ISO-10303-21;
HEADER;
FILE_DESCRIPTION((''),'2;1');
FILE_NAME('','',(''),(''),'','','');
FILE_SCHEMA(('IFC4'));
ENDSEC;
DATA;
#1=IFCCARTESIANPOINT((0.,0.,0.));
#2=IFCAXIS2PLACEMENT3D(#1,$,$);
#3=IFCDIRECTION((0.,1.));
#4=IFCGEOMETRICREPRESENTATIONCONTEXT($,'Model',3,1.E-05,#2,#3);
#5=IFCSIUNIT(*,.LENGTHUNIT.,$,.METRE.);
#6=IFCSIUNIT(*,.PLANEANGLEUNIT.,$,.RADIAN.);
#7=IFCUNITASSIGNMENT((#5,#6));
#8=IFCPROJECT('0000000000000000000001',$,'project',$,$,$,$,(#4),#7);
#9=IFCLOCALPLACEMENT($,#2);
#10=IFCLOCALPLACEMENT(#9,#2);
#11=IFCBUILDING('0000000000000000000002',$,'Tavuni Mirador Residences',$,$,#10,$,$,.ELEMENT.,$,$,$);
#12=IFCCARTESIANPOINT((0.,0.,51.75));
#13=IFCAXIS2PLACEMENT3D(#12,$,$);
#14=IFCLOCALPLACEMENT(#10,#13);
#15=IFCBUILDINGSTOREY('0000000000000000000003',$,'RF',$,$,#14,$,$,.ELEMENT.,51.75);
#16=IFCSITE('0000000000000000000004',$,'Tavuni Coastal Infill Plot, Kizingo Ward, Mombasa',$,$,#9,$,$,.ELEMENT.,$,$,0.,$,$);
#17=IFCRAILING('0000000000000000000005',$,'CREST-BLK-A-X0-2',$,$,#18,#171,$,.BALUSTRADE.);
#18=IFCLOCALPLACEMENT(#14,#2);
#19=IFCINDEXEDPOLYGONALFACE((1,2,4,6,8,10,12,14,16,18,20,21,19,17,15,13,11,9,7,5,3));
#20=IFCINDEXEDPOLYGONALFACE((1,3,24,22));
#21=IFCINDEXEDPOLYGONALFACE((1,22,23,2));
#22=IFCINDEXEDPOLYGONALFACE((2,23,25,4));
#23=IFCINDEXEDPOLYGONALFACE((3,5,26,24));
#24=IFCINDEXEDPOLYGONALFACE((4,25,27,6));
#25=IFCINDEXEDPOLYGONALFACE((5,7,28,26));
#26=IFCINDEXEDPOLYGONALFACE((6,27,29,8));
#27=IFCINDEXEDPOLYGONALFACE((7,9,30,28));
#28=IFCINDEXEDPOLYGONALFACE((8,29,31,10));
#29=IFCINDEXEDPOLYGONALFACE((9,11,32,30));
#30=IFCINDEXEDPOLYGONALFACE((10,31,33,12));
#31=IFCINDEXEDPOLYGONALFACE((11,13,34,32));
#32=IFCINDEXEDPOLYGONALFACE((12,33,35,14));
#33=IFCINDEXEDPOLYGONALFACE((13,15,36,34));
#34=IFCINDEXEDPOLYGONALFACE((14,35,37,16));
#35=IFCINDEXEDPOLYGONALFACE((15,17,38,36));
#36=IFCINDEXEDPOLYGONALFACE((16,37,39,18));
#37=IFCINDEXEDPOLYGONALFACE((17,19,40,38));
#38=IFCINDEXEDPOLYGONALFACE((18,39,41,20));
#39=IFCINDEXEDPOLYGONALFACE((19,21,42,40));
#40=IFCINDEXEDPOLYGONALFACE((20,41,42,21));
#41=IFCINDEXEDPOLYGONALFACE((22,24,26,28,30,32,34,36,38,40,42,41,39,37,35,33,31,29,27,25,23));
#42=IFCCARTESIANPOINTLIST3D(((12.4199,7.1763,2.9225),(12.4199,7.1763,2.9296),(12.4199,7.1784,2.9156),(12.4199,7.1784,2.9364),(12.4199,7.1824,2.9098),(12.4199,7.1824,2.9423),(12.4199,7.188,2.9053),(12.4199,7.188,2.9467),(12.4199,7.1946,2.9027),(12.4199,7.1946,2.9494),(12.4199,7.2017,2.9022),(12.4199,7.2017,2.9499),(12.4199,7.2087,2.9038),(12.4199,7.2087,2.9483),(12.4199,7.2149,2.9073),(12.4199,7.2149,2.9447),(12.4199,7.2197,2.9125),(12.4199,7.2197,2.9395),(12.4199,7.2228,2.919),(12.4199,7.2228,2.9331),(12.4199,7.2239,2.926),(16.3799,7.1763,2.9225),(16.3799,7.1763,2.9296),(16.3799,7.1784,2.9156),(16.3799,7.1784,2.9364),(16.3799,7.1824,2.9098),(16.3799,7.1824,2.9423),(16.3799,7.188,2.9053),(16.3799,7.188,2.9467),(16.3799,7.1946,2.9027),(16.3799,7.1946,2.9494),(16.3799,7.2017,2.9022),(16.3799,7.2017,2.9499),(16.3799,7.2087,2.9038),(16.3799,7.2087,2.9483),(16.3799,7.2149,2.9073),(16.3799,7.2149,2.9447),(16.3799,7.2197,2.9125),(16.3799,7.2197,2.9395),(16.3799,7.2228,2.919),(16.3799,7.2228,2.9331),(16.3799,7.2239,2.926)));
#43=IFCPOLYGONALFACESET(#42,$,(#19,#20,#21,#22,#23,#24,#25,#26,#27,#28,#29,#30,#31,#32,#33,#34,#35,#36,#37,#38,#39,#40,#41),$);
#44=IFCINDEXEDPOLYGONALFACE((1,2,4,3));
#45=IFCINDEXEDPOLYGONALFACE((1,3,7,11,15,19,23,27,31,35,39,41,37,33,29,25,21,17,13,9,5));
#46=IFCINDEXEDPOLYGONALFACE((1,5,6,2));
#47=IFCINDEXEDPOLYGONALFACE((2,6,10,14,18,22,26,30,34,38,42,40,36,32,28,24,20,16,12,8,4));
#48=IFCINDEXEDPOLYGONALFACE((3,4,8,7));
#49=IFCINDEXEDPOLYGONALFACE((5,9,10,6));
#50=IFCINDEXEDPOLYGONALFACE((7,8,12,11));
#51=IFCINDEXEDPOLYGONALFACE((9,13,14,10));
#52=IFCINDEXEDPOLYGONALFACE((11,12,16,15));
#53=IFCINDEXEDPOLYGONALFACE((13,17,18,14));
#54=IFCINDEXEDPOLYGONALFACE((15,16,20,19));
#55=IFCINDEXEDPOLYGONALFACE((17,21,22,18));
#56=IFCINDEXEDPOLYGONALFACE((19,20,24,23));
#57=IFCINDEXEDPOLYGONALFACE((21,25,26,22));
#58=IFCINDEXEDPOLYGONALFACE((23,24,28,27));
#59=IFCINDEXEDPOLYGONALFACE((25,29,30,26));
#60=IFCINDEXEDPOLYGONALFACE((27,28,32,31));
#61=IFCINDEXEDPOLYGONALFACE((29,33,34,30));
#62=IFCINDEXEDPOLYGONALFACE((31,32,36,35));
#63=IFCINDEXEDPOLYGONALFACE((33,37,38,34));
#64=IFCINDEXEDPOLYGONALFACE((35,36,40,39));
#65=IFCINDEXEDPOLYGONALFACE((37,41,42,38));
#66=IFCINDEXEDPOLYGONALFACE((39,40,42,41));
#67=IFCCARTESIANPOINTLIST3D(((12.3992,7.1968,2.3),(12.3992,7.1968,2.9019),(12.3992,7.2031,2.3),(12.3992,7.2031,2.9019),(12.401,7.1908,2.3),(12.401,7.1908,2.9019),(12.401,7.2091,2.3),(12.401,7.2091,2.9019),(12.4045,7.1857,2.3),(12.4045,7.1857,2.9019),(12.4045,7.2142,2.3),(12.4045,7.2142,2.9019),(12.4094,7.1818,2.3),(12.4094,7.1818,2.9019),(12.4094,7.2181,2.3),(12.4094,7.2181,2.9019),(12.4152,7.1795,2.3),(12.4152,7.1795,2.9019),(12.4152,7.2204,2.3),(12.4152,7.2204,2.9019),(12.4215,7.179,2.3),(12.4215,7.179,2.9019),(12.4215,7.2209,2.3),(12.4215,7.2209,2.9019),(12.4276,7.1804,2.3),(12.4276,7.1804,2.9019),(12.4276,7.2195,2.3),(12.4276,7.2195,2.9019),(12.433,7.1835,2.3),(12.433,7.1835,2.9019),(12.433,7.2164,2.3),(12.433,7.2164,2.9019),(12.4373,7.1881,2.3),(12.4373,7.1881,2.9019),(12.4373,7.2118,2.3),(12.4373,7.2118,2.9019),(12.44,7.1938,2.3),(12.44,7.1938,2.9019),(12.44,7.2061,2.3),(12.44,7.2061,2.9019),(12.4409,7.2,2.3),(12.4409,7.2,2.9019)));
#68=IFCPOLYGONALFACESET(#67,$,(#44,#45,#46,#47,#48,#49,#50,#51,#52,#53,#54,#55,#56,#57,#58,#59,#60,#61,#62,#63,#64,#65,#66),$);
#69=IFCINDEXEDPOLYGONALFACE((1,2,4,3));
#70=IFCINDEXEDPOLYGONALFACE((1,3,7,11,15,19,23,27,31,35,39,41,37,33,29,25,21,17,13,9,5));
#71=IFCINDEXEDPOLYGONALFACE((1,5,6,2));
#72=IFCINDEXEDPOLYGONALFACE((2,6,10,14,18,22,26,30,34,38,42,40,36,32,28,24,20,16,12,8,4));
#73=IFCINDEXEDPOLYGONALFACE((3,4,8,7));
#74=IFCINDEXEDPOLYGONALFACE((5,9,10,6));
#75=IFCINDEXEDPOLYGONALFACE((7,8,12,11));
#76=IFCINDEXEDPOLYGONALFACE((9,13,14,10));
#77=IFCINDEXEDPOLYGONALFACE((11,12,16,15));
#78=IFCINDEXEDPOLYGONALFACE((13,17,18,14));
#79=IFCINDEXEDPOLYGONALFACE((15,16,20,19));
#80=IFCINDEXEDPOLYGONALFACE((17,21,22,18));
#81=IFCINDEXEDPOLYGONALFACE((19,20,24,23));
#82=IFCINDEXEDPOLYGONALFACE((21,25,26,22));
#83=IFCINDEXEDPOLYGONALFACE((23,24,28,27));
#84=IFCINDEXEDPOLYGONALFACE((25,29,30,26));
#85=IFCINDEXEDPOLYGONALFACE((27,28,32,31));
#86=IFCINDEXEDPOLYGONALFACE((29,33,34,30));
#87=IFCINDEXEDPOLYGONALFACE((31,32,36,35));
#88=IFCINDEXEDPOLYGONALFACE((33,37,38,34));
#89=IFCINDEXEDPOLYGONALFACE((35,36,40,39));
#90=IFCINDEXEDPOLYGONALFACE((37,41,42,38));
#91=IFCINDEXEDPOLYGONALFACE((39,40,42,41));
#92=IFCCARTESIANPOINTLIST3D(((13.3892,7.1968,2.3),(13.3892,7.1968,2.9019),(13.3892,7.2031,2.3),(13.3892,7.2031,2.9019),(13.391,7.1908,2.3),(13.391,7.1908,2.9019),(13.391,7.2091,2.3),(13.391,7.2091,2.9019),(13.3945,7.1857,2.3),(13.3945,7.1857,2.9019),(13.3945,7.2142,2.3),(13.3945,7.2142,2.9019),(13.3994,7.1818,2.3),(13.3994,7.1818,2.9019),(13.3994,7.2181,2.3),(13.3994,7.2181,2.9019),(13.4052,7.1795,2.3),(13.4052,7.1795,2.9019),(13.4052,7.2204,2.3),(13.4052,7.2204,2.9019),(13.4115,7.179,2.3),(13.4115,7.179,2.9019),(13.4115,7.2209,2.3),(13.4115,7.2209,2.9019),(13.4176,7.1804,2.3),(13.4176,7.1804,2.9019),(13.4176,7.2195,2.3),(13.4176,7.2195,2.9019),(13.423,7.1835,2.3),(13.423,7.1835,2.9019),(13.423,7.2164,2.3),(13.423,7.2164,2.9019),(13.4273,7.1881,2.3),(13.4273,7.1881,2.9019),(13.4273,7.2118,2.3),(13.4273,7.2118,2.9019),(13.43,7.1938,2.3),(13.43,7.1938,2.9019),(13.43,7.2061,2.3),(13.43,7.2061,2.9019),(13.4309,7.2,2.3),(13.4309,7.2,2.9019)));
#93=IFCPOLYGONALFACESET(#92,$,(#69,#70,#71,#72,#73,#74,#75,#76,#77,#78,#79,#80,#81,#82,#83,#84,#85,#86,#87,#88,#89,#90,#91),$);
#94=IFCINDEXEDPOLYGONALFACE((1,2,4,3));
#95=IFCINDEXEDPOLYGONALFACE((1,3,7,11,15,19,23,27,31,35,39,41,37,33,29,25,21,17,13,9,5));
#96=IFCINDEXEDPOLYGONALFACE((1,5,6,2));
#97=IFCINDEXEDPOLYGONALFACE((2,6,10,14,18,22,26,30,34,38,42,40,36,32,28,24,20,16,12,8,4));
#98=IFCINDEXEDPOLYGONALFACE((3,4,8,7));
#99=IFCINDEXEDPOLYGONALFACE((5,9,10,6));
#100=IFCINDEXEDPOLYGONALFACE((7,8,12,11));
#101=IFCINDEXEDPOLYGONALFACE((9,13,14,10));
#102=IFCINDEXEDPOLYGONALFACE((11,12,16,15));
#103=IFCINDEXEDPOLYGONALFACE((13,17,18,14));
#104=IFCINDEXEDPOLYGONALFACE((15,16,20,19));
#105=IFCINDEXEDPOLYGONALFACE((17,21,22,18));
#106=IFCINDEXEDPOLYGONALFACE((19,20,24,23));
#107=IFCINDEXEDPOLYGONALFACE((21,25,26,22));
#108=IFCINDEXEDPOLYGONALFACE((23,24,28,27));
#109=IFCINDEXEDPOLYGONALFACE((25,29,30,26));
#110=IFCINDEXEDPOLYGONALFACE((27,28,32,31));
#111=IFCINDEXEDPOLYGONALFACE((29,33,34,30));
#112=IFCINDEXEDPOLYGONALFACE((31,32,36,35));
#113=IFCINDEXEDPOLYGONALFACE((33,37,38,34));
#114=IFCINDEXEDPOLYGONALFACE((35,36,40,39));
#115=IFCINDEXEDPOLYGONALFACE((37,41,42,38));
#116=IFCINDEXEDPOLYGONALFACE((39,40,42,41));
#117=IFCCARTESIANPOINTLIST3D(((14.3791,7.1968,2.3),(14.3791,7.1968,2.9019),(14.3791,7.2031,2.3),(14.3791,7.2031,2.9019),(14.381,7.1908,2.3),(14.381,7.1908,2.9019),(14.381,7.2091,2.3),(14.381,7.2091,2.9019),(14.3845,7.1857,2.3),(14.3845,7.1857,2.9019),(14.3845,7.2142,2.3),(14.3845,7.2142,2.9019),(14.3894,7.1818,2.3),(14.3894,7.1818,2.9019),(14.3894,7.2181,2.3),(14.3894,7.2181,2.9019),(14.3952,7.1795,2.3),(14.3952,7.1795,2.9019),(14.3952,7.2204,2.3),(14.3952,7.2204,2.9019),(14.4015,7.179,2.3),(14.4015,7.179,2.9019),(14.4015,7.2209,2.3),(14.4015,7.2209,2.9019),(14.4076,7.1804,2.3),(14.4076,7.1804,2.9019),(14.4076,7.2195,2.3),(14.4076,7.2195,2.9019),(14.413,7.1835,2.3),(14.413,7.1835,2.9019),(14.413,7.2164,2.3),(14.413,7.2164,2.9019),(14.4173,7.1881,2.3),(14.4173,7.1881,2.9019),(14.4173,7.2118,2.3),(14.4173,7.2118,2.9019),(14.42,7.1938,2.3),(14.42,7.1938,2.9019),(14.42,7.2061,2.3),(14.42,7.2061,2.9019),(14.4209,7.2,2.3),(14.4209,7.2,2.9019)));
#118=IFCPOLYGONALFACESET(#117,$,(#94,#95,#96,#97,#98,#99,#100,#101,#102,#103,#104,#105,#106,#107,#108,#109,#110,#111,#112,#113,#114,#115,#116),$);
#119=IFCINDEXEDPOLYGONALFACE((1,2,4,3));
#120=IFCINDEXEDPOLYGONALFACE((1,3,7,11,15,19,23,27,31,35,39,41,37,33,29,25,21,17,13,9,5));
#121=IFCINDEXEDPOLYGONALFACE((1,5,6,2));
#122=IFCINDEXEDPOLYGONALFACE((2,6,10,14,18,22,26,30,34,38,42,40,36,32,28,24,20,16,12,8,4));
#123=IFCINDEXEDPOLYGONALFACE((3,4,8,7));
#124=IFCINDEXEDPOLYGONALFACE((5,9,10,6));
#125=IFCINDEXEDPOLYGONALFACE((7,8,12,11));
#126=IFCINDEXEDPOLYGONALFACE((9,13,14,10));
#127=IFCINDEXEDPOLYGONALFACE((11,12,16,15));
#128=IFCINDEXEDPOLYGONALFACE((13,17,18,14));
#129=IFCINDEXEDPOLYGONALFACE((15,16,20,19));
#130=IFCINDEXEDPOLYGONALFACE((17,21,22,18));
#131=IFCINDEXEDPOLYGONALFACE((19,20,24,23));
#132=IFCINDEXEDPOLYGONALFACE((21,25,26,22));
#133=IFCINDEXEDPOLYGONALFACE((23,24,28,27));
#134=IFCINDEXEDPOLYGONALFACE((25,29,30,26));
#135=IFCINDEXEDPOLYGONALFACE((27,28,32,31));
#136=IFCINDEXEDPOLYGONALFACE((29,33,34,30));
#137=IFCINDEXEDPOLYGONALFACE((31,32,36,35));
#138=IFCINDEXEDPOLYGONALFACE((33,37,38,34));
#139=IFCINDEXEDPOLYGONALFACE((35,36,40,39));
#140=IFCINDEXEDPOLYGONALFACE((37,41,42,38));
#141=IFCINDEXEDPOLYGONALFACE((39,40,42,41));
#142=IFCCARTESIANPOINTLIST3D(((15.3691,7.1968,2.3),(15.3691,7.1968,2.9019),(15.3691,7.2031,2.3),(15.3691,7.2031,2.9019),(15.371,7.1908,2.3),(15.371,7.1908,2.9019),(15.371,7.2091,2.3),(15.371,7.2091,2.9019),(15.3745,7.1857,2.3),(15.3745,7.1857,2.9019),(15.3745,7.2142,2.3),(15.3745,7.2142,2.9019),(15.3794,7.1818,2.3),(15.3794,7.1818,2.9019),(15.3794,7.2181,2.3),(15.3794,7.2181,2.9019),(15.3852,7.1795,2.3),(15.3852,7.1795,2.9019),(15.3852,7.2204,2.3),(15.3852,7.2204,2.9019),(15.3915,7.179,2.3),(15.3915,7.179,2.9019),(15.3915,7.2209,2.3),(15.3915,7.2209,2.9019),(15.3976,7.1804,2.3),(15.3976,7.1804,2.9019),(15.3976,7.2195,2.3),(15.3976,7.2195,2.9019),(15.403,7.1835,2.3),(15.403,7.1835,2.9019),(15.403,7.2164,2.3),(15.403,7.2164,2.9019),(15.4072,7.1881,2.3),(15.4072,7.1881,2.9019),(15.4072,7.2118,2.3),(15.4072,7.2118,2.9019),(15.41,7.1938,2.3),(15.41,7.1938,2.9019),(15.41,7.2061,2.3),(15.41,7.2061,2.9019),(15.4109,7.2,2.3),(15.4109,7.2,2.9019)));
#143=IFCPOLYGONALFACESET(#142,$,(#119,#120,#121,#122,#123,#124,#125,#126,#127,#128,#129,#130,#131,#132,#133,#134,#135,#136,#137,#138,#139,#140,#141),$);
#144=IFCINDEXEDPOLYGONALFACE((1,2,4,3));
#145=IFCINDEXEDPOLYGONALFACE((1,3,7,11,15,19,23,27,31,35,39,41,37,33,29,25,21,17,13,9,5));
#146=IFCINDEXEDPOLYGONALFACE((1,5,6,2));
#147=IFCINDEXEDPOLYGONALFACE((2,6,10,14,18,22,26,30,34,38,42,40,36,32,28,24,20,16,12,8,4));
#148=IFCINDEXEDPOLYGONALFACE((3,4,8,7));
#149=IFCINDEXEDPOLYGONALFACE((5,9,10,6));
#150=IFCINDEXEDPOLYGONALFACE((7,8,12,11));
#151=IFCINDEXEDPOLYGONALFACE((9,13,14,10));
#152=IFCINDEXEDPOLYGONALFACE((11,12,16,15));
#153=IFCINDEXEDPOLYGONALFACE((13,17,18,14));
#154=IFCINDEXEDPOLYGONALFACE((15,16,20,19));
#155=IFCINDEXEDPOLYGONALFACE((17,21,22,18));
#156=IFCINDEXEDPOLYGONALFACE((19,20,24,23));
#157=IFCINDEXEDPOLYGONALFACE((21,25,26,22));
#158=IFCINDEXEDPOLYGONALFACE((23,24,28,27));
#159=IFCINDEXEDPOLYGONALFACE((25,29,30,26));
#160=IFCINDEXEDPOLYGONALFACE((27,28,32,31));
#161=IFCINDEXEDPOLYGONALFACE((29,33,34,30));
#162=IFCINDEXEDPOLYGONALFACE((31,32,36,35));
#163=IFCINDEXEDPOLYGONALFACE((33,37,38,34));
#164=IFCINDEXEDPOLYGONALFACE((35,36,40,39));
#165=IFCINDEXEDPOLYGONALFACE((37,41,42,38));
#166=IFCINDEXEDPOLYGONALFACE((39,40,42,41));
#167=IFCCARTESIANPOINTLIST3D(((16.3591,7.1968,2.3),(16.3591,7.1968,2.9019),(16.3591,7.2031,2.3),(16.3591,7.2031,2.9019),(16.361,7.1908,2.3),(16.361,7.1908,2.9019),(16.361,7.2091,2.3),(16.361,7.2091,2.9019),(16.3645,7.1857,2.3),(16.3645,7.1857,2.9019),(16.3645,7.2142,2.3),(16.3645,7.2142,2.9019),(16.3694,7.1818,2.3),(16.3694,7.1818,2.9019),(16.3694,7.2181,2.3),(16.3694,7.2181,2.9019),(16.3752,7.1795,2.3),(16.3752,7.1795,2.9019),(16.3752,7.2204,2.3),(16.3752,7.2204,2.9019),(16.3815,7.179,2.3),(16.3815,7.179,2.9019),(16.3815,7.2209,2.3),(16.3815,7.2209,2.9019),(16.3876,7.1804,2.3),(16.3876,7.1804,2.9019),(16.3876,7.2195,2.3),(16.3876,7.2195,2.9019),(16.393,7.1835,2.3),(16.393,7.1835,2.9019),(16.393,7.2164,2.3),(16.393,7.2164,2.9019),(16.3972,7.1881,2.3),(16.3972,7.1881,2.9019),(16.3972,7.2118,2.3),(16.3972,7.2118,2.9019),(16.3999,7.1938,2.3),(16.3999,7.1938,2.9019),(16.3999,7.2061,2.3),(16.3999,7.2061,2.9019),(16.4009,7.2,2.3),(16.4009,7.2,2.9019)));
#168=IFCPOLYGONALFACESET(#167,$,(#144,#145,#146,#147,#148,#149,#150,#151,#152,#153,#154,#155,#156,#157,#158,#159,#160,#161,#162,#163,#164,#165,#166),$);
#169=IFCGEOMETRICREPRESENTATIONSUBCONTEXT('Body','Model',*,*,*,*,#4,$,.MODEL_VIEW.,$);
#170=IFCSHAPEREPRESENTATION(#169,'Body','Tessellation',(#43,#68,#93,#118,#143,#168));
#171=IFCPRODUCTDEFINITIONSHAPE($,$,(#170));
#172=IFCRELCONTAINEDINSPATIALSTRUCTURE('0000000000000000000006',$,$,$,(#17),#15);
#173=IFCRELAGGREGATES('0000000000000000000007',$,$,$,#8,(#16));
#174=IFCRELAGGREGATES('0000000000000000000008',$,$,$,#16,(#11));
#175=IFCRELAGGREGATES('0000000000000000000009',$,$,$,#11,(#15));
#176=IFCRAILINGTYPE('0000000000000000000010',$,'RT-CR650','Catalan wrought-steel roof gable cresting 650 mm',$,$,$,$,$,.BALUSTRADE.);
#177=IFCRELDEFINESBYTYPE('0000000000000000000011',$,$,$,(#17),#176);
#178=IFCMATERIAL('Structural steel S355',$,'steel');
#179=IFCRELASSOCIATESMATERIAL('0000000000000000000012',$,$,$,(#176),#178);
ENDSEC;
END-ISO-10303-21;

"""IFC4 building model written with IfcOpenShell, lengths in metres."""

from ifc_helpers import new_model, si_unit, direction, frame, origin, origin_2d, place, context, subcontext, project, spatial, circle, extrude, material, type_object, element, save


model = new_model("IFC4")

# Units and contexts
model_context = context("Model", 3, precision=1e-05, world=origin(), true_north=direction((0.0, 1.0)))
body_context = subcontext(model_context, "Body", "Model", "MODEL_VIEW")
ifc_project = project(units=[si_unit("LENGTHUNIT", "METRE"), si_unit("PLANEANGLEUNIT", "RADIAN")], contexts=[model_context])

# Site, building, storey
site_placement = place(None, origin())
site = spatial("IfcSite", under=ifc_project, at=site_placement, Name="Tavuni Coastal Infill Plot, Kizingo Ward, Mombasa", CompositionType="ELEMENT", RefElevation=0.0)
building_placement = place(site_placement, origin())
building = spatial("IfcBuilding", under=site, at=building_placement, Name="Tavuni Mirador Residences", CompositionType="ELEMENT")
storey_placement = place(building_placement, frame((0.0, 0.0, 51.75)))
storey = spatial("IfcBuildingStorey", under=building, at=storey_placement, Name="RF", CompositionType="ELEMENT", Elevation=51.75)

# Shared definitions
ifc_material_1 = material(Name="Structural steel S355", Category="steel")

# Railing
railing_type = type_object("IfcRailingType", Name="RT-CR650", Description="Catalan wrought-steel roof gable cresting 650 mm", PredefinedType="BALUSTRADE", material=ifc_material_1)
for number, where, name in (
    (1, (12.4199, 7.2, 2.3), "CREST-BLK-A-X0-2"),
):
    element("IfcRailing", number, at=place(storey_placement, frame(where)), inside=storey, type_object=railing_type, Name=name, PredefinedType="BALUSTRADE", context=body_context, shape_type="SweptSolid", body=[
        extrude(circle(Radius=0.0239, at=origin_2d()), frame((0.0, 0.0, 0.626), z_axis=(1.0, 0.0, 0.0), x_axis=(0.0, 1.0, 0.0)), (0.0, 0.0, 1.0), 3.96),
        extrude(circle(Radius=0.021, at=origin_2d()), origin(), (0.0, 0.0, 1.0), 0.6018),
        extrude(circle(Radius=0.021, at=origin_2d()), frame((0.99, 0.0, 0.0)), (0.0, 0.0, 1.0), 0.6018),
        extrude(circle(Radius=0.021, at=origin_2d()), frame((1.98, 0.0, 0.0)), (0.0, 0.0, 1.0), 0.6018),
        extrude(circle(Radius=0.021, at=origin_2d()), frame((2.97, 0.0, 0.0)), (0.0, 0.0, 1.0), 0.6018),
        extrude(circle(Radius=0.021, at=origin_2d()), frame((3.96, 0.0, 0.0)), (0.0, 0.0, 1.0), 0.6018),
    ])

save(model, "model.ifc")
